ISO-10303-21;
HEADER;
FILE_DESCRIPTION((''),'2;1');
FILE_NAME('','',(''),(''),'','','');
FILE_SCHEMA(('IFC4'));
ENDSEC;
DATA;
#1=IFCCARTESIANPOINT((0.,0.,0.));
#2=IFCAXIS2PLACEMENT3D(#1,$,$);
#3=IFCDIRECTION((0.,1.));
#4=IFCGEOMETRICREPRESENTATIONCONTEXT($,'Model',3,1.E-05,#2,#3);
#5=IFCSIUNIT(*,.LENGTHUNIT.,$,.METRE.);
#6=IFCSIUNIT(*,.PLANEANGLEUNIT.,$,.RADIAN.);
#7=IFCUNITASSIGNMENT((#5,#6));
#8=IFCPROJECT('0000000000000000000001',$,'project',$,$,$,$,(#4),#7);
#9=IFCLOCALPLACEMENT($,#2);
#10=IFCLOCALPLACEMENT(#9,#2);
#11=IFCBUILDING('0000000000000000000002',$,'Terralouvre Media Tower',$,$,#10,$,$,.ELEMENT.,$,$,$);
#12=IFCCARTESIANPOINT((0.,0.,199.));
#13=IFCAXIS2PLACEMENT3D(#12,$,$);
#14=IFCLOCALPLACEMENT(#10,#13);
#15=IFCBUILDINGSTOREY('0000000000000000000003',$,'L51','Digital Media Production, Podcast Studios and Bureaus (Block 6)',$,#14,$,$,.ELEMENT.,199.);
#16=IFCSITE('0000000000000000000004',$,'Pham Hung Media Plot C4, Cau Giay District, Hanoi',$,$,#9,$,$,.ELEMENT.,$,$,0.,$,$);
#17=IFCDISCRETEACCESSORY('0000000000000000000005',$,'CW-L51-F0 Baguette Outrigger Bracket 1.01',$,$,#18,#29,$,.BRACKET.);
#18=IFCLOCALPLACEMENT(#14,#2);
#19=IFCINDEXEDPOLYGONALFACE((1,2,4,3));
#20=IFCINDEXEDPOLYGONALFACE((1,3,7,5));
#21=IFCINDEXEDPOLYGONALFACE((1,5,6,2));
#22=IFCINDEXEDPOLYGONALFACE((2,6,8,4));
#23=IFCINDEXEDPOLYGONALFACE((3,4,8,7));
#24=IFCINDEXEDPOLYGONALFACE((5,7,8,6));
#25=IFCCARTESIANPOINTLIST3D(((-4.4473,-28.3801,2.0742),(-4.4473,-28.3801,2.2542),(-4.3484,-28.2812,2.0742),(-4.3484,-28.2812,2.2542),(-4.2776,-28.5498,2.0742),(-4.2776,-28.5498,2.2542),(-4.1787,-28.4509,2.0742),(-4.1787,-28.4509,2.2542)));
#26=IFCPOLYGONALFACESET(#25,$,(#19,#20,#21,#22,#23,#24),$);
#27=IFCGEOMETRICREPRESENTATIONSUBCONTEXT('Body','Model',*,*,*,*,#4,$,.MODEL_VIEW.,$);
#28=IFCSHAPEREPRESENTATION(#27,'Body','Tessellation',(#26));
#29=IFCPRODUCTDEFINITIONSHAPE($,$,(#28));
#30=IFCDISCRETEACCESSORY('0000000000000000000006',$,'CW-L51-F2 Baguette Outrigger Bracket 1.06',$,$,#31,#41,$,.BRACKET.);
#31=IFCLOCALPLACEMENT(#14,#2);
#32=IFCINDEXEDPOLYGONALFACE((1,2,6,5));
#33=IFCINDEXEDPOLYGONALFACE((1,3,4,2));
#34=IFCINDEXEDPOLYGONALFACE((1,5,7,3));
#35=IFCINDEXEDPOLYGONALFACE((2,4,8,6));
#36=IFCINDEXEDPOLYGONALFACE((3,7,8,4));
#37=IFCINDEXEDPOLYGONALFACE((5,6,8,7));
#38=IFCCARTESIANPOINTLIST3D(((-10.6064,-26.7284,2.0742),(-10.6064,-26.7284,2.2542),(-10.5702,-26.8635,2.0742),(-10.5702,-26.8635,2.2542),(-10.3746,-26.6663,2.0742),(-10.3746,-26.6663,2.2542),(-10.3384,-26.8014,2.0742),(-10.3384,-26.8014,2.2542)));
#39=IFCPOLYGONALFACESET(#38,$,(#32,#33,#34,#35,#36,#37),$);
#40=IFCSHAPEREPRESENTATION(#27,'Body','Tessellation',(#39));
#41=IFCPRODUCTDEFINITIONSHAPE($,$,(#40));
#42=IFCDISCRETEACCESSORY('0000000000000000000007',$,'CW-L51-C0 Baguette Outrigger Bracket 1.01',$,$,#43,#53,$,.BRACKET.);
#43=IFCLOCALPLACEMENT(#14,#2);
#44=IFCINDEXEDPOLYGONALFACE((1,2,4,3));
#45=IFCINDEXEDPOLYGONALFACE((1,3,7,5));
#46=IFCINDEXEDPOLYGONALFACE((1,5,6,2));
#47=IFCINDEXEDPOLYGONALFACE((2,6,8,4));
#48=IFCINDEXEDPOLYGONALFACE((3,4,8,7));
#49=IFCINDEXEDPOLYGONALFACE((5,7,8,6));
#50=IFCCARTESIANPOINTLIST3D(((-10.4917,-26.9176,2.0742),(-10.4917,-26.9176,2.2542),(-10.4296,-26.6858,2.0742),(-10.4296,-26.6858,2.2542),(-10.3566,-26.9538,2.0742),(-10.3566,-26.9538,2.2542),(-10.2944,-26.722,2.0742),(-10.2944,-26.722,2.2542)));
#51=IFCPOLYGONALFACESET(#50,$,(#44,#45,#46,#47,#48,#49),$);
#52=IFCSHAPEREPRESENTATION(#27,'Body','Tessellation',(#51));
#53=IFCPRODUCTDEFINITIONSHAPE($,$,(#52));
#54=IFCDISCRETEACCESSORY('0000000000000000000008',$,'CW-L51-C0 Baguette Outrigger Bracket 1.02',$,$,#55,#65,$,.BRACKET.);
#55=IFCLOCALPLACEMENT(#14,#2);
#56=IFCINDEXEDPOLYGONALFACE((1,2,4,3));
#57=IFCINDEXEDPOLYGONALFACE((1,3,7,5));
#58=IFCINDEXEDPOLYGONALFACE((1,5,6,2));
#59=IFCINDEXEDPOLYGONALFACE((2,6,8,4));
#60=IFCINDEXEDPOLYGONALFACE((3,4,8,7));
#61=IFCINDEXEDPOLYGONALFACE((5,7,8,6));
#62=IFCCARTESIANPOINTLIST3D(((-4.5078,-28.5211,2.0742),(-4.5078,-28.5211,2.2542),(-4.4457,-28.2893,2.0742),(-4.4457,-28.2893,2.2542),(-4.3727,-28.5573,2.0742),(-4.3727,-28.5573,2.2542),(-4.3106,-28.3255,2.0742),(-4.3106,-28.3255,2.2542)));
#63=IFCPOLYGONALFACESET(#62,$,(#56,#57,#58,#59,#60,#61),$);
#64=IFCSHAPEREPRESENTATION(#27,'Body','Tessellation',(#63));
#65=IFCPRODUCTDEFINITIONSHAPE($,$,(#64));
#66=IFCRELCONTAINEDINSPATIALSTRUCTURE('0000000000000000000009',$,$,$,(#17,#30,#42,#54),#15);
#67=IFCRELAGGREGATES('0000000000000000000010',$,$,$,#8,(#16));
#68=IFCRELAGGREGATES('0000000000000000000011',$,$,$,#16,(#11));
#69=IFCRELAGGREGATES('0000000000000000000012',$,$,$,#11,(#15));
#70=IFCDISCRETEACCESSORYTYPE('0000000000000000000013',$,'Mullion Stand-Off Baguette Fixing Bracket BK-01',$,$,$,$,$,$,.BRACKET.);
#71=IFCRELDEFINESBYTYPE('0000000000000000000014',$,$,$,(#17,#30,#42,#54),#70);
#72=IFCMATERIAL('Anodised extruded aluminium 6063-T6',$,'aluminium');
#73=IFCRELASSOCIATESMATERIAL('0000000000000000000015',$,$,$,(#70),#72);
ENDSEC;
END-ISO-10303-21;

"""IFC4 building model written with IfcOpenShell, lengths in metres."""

from ifc_helpers import new_model, si_unit, direction, frame, origin, origin_2d, place, context, subcontext, project, spatial, rectangle, extrude, material, type_object, element, save


model = new_model("IFC4")

# Units and contexts
model_context = context("Model", 3, precision=1e-05, world=origin(), true_north=direction((0.0, 1.0)))
body_context = subcontext(model_context, "Body", "Model", "MODEL_VIEW")
ifc_project = project(units=[si_unit("LENGTHUNIT", "METRE"), si_unit("PLANEANGLEUNIT", "RADIAN")], contexts=[model_context])

# Site, building, storey
site_placement = place(None, origin())
site = spatial("IfcSite", under=ifc_project, at=site_placement, Name="Pham Hung Media Plot C4, Cau Giay District, Hanoi", CompositionType="ELEMENT", RefElevation=0.0)
building_placement = place(site_placement, origin())
building = spatial("IfcBuilding", under=site, at=building_placement, Name="Terralouvre Media Tower", CompositionType="ELEMENT")
storey_placement = place(building_placement, frame((0.0, 0.0, 199.0)))
storey = spatial("IfcBuildingStorey", under=building, at=storey_placement, Name="L51", Description="Digital Media Production, Podcast Studios and Bureaus (Block 6)", CompositionType="ELEMENT", Elevation=199.0)

# Discrete accessories
ifc_material_1 = material(Name="Anodised extruded aluminium 6063-T6", Category="aluminium")
discrete_accessory_type = type_object("IfcDiscreteAccessoryType", Name="Mullion Stand-Off Baguette Fixing Bracket BK-01", PredefinedType="BRACKET", material=ifc_material_1)
for number, where, z_axis, x_axis, name in (
    (1, (-4.313, -28.4155, 2.0742), (0.0, 0.0, 1.0), (0.707107, 0.707107, 0.0), "CW-L51-F0 Baguette Outrigger Bracket 1.01"),
    (2, (-10.4724, -26.7649, 2.0742), (0.0, 0.0, 1.0), (0.258819, -0.965926, 0.0), "CW-L51-F2 Baguette Outrigger Bracket 1.06"),
    (3, (-10.3931, -26.8198, 2.0742), (0.0, 0.0, 1.0), (0.965926, -0.258819, 0.0), "CW-L51-C0 Baguette Outrigger Bracket 1.01"),
    (4, (-4.4092, -28.4233, 2.0742), (0.0, 0.0, 1.0), (0.965926, -0.258819, 0.0), "CW-L51-C0 Baguette Outrigger Bracket 1.02"),
):
    element("IfcDiscreteAccessory", number, at=place(storey_placement, frame(where, z_axis=z_axis, x_axis=x_axis)), inside=storey, type_object=discrete_accessory_type, Name=name, PredefinedType="BRACKET", context=body_context, shape_type="SweptSolid", body=[
        extrude(rectangle(XDim=0.1399, YDim=0.24, at=origin_2d()), origin(), (0.0, 0.0, 1.0), 0.1799),
    ])

save(model, "model.ifc")
